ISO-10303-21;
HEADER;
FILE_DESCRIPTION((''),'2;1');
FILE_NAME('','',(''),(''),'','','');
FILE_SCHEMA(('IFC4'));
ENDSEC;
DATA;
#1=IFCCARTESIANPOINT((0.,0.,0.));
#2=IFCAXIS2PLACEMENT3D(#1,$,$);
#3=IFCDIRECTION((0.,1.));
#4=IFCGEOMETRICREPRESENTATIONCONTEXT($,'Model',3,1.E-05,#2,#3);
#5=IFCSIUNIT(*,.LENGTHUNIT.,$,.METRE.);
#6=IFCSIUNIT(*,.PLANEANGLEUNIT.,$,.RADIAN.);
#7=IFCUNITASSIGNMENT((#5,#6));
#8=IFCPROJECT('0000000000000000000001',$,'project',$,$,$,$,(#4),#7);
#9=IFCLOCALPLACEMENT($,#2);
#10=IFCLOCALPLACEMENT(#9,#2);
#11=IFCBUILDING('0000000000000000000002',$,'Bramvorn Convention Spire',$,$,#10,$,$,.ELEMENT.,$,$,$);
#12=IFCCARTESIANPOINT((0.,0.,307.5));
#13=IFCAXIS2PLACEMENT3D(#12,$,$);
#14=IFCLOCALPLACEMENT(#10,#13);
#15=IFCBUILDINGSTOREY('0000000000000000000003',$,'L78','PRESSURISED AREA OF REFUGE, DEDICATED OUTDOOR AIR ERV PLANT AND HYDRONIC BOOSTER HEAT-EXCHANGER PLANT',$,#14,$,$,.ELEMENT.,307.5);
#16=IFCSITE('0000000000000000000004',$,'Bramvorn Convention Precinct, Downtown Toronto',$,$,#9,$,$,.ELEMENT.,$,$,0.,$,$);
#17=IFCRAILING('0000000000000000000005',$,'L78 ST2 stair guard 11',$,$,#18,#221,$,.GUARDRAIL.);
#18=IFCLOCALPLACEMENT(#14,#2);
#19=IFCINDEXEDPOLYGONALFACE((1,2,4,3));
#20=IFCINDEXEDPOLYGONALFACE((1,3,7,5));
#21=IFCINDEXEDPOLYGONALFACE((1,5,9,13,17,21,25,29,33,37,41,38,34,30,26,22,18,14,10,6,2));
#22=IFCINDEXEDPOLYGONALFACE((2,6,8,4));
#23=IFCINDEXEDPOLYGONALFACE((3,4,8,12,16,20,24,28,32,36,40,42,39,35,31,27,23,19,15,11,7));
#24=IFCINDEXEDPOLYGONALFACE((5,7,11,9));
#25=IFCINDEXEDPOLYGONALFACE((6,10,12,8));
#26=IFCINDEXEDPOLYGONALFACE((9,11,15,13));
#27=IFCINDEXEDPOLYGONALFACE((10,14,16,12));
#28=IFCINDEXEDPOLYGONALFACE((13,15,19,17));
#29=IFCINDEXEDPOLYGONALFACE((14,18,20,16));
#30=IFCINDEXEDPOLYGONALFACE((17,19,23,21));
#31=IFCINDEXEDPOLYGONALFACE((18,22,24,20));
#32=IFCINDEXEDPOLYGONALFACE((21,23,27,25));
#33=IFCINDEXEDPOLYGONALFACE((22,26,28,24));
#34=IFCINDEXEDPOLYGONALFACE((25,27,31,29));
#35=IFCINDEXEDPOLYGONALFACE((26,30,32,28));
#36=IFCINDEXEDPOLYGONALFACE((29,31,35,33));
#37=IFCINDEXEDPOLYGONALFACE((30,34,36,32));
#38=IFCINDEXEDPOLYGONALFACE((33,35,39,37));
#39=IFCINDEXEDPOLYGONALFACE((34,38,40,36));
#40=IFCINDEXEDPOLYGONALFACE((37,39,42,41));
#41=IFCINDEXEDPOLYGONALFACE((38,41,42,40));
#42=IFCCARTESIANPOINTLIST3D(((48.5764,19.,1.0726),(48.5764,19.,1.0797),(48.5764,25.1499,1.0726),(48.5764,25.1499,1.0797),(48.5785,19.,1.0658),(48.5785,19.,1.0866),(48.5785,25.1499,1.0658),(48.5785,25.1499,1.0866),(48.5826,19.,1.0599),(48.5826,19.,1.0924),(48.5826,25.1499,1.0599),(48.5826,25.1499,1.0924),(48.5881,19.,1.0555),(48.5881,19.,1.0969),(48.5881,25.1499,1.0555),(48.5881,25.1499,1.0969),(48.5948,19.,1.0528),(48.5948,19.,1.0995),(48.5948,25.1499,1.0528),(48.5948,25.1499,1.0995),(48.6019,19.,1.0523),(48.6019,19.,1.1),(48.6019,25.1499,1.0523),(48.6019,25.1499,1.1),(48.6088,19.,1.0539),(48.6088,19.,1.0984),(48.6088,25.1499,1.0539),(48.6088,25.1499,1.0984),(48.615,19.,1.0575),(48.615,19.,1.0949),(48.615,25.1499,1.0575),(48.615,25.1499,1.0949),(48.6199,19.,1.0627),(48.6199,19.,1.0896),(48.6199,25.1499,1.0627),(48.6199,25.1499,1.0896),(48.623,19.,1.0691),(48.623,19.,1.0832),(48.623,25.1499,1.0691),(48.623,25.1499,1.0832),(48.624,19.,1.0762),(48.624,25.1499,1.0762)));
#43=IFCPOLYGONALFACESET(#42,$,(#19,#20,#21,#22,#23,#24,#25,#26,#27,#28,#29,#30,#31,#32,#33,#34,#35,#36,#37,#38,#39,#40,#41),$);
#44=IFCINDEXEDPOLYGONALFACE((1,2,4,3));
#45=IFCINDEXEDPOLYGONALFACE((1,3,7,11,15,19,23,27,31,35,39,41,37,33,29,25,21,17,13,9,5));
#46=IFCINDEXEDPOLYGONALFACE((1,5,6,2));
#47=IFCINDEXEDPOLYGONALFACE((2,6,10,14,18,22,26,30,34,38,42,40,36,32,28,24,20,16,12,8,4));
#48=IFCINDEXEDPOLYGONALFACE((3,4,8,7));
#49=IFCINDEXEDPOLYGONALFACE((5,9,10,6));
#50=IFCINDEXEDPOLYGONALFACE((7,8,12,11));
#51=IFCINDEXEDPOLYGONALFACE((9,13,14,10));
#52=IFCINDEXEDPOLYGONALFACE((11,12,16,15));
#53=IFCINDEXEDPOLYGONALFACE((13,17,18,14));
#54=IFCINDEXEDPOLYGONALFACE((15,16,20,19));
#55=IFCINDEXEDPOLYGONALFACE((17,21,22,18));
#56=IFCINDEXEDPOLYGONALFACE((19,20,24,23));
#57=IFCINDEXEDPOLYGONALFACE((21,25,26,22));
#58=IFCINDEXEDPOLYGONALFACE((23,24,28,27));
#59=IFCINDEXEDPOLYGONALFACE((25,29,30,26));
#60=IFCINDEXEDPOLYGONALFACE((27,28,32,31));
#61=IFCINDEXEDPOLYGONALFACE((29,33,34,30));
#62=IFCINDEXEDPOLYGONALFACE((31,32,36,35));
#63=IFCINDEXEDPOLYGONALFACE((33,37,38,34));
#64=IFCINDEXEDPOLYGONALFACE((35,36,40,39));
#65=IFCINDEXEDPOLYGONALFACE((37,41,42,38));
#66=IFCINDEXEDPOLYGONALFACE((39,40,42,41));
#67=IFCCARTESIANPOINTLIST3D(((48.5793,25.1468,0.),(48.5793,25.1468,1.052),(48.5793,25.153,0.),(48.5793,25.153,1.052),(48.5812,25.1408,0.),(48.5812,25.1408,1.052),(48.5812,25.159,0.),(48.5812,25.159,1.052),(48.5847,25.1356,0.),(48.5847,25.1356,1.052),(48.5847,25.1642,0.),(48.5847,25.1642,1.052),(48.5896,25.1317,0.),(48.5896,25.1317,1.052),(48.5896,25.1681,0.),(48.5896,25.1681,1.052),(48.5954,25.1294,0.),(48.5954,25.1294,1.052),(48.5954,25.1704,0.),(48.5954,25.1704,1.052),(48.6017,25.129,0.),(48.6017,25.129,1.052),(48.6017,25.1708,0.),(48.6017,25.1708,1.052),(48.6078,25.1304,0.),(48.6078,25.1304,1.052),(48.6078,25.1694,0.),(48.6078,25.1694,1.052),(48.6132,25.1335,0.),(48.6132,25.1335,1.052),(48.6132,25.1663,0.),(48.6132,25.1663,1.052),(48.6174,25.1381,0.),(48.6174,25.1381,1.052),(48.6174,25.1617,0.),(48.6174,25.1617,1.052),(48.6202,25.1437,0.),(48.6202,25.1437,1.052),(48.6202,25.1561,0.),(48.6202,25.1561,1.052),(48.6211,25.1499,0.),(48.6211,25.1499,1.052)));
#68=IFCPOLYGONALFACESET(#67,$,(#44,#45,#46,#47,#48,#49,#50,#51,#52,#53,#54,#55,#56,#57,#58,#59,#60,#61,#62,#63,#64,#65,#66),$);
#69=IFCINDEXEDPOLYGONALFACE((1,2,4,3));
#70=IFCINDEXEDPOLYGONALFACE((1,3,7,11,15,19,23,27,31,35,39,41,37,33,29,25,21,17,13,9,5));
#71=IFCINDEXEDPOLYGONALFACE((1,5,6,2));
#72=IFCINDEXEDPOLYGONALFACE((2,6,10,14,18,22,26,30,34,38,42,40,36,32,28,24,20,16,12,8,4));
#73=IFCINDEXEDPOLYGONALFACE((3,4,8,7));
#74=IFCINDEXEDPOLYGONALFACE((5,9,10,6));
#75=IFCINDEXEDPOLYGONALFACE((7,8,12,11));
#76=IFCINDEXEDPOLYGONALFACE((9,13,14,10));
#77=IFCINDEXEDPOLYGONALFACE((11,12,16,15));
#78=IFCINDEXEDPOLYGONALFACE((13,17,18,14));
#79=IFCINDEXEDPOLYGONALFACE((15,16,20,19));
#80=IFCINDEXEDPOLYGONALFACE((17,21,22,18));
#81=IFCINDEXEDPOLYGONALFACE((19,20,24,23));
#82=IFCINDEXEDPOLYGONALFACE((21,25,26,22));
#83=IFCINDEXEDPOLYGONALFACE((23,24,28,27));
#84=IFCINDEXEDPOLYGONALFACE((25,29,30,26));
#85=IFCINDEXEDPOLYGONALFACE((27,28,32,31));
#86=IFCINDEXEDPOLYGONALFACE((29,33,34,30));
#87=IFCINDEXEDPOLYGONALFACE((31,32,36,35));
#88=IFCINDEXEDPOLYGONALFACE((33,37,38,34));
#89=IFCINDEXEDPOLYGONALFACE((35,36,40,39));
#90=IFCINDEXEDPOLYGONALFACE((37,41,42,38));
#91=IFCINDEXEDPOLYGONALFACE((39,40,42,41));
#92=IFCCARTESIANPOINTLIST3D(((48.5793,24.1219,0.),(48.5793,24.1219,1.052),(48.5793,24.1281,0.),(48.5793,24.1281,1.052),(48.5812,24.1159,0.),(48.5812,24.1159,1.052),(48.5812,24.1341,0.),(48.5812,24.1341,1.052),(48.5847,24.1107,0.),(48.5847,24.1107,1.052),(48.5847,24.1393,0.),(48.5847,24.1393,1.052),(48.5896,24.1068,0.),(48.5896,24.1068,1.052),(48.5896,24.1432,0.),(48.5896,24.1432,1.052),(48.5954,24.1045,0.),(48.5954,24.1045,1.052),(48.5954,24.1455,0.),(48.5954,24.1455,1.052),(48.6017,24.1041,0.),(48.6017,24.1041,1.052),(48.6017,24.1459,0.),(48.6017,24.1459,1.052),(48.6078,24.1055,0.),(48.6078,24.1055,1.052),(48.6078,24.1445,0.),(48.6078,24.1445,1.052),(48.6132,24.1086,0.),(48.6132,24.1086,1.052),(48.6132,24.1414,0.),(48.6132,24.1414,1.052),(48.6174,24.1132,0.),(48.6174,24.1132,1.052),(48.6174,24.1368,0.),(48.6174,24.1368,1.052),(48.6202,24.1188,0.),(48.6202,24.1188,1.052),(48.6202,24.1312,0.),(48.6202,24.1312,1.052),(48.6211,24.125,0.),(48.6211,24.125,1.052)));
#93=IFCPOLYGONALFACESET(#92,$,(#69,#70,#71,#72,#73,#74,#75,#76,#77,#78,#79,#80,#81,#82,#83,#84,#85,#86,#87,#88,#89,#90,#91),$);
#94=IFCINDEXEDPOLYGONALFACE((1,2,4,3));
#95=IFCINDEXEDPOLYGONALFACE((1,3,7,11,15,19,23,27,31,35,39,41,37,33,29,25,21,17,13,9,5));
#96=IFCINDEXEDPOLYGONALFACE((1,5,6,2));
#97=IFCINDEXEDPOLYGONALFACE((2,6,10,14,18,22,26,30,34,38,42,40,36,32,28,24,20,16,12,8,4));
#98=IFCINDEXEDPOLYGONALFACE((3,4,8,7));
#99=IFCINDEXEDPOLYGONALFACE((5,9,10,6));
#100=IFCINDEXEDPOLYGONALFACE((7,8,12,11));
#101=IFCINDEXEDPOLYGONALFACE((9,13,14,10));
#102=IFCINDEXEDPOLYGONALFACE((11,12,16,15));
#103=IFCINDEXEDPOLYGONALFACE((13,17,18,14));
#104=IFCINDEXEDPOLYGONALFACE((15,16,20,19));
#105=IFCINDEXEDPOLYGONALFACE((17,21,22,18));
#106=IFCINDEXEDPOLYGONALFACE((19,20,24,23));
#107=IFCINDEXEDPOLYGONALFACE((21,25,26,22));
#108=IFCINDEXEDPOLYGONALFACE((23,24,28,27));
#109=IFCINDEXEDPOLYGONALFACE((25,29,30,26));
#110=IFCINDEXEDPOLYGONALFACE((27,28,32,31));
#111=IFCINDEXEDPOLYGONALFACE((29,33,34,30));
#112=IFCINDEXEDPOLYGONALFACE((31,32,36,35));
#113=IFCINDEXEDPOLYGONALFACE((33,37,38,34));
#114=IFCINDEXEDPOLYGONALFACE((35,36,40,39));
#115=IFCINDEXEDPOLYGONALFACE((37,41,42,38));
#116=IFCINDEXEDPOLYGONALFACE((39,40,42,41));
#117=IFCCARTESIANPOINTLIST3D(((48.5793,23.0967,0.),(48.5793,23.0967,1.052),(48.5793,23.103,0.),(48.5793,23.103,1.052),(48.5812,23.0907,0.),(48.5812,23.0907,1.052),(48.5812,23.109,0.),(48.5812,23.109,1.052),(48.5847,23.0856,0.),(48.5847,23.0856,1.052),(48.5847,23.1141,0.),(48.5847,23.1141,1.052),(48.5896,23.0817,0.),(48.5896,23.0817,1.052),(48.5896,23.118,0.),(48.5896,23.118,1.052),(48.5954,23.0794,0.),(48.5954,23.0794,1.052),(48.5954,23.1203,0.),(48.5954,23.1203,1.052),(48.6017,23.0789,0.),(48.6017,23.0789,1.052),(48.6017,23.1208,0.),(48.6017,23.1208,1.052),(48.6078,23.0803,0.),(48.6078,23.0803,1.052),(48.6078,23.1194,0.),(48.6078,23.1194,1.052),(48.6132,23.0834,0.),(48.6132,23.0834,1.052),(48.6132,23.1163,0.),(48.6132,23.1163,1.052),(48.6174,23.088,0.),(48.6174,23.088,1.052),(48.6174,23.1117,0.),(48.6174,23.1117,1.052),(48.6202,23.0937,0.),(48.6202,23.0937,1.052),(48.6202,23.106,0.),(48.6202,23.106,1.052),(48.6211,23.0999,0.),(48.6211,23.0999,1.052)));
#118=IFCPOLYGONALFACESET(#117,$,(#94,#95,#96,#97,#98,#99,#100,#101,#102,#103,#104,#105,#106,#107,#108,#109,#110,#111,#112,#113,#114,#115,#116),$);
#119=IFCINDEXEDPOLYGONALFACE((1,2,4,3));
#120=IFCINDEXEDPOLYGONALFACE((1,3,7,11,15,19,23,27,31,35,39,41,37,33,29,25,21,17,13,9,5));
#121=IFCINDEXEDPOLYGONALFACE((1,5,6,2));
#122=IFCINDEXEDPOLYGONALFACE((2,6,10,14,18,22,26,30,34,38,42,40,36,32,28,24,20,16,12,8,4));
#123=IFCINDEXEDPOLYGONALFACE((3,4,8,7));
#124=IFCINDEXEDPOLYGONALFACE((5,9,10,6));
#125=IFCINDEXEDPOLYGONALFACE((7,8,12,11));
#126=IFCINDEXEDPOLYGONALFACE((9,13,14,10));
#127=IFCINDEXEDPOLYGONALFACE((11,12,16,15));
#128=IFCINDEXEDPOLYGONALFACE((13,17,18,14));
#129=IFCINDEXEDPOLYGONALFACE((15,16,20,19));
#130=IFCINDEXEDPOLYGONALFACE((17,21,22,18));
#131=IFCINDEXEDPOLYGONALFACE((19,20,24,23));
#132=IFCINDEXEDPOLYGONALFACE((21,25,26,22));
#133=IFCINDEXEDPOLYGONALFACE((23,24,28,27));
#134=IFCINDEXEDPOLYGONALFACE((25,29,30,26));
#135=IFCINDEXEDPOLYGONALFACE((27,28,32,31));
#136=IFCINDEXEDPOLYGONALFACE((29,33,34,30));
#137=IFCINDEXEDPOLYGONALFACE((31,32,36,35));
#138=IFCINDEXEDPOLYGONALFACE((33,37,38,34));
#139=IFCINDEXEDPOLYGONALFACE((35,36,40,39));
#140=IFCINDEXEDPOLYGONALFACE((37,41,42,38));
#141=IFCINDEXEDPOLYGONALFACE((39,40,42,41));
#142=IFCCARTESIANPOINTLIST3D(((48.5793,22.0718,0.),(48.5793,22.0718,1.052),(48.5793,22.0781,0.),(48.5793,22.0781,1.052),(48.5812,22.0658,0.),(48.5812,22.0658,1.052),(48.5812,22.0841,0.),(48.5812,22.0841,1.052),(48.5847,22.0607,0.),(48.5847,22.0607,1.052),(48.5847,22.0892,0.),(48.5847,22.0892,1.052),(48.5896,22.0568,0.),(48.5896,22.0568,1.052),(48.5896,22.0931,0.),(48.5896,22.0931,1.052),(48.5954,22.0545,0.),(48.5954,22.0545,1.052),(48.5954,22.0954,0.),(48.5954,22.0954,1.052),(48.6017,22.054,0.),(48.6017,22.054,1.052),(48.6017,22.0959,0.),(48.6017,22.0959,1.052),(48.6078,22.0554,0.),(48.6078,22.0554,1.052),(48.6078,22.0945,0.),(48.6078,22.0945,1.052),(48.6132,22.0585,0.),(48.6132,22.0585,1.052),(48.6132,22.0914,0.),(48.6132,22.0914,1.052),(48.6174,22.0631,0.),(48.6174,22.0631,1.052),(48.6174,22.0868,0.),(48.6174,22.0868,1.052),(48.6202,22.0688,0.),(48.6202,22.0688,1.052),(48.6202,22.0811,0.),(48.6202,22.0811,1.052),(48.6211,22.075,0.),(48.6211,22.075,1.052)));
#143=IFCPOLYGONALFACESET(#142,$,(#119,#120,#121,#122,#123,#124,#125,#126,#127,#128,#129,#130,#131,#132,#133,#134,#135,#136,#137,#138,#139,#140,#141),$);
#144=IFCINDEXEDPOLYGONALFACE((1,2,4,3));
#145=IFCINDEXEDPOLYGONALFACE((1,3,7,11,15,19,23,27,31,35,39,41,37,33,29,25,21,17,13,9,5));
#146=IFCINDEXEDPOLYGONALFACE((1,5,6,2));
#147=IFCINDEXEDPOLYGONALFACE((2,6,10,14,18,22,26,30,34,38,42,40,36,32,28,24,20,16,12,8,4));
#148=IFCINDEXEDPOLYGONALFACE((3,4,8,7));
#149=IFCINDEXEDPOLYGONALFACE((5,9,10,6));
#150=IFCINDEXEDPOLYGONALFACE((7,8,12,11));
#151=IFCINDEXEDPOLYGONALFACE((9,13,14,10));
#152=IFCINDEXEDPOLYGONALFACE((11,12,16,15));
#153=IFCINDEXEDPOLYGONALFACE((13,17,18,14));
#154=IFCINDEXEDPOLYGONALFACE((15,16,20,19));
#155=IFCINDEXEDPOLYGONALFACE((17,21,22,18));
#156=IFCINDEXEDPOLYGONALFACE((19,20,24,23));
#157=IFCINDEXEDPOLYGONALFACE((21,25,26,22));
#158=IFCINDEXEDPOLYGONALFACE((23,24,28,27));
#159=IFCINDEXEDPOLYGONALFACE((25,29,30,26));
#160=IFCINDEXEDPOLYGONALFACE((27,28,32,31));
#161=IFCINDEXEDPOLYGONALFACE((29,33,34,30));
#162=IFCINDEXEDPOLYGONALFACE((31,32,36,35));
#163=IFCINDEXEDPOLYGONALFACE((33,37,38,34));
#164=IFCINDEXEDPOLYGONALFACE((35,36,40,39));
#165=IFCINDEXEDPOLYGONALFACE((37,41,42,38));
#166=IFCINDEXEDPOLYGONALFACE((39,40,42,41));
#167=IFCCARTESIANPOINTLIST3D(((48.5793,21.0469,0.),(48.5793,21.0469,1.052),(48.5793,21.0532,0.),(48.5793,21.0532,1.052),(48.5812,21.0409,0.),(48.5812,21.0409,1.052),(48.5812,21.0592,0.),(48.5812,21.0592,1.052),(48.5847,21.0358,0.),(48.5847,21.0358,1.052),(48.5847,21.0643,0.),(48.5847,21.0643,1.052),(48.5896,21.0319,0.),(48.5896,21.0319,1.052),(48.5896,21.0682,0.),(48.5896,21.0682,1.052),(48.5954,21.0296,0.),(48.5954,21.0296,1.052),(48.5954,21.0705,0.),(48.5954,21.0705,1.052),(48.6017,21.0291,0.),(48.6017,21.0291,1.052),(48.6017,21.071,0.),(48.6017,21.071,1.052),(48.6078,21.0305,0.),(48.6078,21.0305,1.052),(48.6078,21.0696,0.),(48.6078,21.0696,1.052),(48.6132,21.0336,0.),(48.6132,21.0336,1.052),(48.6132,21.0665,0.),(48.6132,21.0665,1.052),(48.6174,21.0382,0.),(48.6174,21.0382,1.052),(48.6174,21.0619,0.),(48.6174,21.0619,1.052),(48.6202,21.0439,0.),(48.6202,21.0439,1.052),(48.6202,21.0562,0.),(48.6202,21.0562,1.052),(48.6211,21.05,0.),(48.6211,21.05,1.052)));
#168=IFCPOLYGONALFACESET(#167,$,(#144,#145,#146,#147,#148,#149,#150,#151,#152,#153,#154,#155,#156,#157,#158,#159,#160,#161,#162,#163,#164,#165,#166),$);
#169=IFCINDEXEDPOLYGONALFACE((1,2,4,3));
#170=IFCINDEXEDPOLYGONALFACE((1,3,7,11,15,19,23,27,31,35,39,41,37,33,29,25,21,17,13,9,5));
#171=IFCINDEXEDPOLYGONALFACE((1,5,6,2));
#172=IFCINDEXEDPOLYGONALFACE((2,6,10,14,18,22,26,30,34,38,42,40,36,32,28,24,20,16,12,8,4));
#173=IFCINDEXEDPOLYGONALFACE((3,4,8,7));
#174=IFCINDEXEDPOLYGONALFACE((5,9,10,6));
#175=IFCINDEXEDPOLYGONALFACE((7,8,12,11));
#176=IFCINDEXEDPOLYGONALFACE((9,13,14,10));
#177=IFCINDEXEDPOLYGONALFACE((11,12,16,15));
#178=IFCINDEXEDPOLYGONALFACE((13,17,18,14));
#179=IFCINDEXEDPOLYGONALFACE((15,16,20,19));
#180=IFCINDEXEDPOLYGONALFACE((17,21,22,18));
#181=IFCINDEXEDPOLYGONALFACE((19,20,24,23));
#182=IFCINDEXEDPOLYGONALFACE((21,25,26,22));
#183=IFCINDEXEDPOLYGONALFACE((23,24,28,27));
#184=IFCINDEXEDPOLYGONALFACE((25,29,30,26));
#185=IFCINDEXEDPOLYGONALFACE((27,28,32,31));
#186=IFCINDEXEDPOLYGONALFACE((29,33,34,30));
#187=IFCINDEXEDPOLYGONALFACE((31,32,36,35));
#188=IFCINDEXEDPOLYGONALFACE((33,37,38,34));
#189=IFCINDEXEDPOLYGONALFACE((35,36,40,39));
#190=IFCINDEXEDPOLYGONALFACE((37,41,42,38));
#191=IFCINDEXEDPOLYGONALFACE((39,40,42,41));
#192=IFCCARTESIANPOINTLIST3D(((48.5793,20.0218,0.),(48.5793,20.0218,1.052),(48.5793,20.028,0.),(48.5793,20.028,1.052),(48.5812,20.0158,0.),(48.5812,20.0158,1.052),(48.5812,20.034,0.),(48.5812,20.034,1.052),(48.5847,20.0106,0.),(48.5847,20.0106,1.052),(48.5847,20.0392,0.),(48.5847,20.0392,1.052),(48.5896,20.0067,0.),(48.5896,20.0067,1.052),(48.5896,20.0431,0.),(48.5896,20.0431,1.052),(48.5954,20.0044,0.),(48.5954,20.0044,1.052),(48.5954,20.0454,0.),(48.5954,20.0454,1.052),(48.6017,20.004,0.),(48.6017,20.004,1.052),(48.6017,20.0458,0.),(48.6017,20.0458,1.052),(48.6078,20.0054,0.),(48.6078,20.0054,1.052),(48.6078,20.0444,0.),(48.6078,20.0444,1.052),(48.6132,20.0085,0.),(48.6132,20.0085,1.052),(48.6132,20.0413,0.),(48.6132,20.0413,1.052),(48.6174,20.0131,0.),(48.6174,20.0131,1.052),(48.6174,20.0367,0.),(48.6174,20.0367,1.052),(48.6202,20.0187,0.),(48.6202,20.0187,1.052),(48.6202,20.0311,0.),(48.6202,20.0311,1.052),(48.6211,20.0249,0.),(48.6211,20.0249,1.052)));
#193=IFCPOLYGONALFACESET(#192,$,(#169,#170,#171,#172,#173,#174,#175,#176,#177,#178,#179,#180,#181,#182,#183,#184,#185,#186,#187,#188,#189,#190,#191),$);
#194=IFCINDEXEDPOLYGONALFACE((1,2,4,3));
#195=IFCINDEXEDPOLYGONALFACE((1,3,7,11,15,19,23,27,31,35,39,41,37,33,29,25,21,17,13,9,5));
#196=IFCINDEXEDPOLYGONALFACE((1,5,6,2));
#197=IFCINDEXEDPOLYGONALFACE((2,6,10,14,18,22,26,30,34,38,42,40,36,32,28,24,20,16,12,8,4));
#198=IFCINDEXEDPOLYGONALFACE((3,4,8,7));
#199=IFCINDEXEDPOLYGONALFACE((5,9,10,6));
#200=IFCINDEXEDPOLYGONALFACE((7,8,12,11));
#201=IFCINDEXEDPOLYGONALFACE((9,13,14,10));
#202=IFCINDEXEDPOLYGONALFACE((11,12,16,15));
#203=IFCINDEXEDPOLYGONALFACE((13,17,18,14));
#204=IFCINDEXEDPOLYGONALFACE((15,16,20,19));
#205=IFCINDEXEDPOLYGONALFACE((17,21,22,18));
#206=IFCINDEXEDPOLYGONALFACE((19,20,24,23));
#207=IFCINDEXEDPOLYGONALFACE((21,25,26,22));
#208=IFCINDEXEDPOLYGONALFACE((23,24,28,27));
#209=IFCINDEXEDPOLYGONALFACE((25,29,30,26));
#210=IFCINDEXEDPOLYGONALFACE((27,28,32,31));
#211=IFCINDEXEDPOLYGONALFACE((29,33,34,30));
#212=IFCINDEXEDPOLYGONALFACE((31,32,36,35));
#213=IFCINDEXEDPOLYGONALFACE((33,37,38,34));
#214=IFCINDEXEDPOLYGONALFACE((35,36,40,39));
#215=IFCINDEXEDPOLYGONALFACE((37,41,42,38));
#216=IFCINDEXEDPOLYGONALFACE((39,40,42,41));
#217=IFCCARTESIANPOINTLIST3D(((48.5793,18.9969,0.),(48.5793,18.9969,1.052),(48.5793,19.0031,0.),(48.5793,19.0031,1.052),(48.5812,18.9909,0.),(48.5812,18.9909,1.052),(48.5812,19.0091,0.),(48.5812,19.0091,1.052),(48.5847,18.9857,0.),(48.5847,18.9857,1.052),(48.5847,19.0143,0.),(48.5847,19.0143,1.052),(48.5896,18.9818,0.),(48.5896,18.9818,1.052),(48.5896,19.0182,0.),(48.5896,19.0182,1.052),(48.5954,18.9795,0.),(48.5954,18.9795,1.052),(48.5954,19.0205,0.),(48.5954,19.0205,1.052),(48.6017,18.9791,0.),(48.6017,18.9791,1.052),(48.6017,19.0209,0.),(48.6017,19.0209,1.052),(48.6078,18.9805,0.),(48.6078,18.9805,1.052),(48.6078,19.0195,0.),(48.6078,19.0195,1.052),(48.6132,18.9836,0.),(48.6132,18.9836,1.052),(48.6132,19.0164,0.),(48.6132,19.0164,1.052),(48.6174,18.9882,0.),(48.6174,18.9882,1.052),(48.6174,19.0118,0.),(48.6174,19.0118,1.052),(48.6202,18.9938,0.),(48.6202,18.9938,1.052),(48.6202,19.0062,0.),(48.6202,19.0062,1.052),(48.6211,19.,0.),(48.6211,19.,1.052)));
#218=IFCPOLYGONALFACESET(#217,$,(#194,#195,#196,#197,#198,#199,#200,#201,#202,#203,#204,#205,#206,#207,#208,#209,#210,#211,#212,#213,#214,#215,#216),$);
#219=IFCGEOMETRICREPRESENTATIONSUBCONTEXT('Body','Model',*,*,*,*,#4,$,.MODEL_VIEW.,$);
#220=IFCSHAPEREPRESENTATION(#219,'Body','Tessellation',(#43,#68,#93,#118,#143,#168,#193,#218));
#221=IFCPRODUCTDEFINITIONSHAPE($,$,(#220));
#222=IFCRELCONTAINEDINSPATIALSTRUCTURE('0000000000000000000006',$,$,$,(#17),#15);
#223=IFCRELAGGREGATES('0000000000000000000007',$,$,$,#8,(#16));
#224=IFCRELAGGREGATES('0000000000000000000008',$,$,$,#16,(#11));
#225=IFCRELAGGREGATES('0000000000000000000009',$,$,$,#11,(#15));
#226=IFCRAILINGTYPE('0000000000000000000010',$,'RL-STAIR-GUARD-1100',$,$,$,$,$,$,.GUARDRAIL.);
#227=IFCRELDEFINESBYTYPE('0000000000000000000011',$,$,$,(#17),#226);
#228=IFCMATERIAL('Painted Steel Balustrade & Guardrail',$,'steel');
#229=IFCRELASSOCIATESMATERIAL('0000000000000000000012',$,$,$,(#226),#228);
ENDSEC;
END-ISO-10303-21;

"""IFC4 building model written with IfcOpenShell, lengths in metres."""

from ifc_helpers import new_model, si_unit, direction, frame, origin, origin_2d, place, context, subcontext, project, spatial, circle, extrude, material, type_object, element, save


model = new_model("IFC4")

# Units and contexts
model_context = context("Model", 3, precision=1e-05, world=origin(), true_north=direction((0.0, 1.0)))
body_context = subcontext(model_context, "Body", "Model", "MODEL_VIEW")
ifc_project = project(units=[si_unit("LENGTHUNIT", "METRE"), si_unit("PLANEANGLEUNIT", "RADIAN")], contexts=[model_context])

# Site, building, storey
site_placement = place(None, origin())
site = spatial("IfcSite", under=ifc_project, at=site_placement, Name="Bramvorn Convention Precinct, Downtown Toronto", CompositionType="ELEMENT", RefElevation=0.0)
building_placement = place(site_placement, origin())
building = spatial("IfcBuilding", under=site, at=building_placement, Name="Bramvorn Convention Spire", CompositionType="ELEMENT")
storey_placement = place(building_placement, frame((0.0, 0.0, 307.5)))
storey = spatial("IfcBuildingStorey", under=building, at=storey_placement, Name="L78", Description="PRESSURISED AREA OF REFUGE, DEDICATED OUTDOOR AIR ERV PLANT AND HYDRONIC BOOSTER HEAT-EXCHANGER PLANT", CompositionType="ELEMENT", Elevation=307.5)

# Railing
ifc_material_1 = material(Name="Painted Steel Balustrade & Guardrail", Category="steel")
railing_type_1 = type_object("IfcRailingType", Name="RL-STAIR-GUARD-1100", PredefinedType="GUARDRAIL", material=ifc_material_1)
railing_1_placement = place(storey_placement, frame((48.6001, 25.1499, 0.0)))
element("IfcRailing", 1, at=railing_1_placement, inside=storey, type_object=railing_type_1, Name="L78 ST2 stair guard 11", PredefinedType="GUARDRAIL", context=body_context, shape_type="SweptSolid", body=[
    extrude(circle(Radius=0.0239, at=origin_2d()), frame((0.0, 0.0, 1.0762), z_axis=(0.0, -1.0, 0.0), x_axis=(1.0, 0.0, 0.0)), (0.0, 0.0, 1.0), 6.1499),
    extrude(circle(Radius=0.021, at=origin_2d()), origin(), (0.0, 0.0, 1.0), 1.052),
    extrude(circle(Radius=0.021, at=origin_2d()), frame((0.0, -1.0249, 0.0)), (0.0, 0.0, 1.0), 1.052),
    extrude(circle(Radius=0.021, at=origin_2d()), frame((0.0, -2.05, 0.0)), (0.0, 0.0, 1.0), 1.052),
    extrude(circle(Radius=0.021, at=origin_2d()), frame((0.0, -3.075, 0.0)), (0.0, 0.0, 1.0), 1.052),
    extrude(circle(Radius=0.021, at=origin_2d()), frame((0.0, -4.0999, 0.0)), (0.0, 0.0, 1.0), 1.052),
    extrude(circle(Radius=0.021, at=origin_2d()), frame((0.0, -5.125, 0.0)), (0.0, 0.0, 1.0), 1.052),
    extrude(circle(Radius=0.021, at=origin_2d()), frame((0.0, -6.1499, 0.0)), (0.0, 0.0, 1.0), 1.052),
])

save(model, "model.ifc")
